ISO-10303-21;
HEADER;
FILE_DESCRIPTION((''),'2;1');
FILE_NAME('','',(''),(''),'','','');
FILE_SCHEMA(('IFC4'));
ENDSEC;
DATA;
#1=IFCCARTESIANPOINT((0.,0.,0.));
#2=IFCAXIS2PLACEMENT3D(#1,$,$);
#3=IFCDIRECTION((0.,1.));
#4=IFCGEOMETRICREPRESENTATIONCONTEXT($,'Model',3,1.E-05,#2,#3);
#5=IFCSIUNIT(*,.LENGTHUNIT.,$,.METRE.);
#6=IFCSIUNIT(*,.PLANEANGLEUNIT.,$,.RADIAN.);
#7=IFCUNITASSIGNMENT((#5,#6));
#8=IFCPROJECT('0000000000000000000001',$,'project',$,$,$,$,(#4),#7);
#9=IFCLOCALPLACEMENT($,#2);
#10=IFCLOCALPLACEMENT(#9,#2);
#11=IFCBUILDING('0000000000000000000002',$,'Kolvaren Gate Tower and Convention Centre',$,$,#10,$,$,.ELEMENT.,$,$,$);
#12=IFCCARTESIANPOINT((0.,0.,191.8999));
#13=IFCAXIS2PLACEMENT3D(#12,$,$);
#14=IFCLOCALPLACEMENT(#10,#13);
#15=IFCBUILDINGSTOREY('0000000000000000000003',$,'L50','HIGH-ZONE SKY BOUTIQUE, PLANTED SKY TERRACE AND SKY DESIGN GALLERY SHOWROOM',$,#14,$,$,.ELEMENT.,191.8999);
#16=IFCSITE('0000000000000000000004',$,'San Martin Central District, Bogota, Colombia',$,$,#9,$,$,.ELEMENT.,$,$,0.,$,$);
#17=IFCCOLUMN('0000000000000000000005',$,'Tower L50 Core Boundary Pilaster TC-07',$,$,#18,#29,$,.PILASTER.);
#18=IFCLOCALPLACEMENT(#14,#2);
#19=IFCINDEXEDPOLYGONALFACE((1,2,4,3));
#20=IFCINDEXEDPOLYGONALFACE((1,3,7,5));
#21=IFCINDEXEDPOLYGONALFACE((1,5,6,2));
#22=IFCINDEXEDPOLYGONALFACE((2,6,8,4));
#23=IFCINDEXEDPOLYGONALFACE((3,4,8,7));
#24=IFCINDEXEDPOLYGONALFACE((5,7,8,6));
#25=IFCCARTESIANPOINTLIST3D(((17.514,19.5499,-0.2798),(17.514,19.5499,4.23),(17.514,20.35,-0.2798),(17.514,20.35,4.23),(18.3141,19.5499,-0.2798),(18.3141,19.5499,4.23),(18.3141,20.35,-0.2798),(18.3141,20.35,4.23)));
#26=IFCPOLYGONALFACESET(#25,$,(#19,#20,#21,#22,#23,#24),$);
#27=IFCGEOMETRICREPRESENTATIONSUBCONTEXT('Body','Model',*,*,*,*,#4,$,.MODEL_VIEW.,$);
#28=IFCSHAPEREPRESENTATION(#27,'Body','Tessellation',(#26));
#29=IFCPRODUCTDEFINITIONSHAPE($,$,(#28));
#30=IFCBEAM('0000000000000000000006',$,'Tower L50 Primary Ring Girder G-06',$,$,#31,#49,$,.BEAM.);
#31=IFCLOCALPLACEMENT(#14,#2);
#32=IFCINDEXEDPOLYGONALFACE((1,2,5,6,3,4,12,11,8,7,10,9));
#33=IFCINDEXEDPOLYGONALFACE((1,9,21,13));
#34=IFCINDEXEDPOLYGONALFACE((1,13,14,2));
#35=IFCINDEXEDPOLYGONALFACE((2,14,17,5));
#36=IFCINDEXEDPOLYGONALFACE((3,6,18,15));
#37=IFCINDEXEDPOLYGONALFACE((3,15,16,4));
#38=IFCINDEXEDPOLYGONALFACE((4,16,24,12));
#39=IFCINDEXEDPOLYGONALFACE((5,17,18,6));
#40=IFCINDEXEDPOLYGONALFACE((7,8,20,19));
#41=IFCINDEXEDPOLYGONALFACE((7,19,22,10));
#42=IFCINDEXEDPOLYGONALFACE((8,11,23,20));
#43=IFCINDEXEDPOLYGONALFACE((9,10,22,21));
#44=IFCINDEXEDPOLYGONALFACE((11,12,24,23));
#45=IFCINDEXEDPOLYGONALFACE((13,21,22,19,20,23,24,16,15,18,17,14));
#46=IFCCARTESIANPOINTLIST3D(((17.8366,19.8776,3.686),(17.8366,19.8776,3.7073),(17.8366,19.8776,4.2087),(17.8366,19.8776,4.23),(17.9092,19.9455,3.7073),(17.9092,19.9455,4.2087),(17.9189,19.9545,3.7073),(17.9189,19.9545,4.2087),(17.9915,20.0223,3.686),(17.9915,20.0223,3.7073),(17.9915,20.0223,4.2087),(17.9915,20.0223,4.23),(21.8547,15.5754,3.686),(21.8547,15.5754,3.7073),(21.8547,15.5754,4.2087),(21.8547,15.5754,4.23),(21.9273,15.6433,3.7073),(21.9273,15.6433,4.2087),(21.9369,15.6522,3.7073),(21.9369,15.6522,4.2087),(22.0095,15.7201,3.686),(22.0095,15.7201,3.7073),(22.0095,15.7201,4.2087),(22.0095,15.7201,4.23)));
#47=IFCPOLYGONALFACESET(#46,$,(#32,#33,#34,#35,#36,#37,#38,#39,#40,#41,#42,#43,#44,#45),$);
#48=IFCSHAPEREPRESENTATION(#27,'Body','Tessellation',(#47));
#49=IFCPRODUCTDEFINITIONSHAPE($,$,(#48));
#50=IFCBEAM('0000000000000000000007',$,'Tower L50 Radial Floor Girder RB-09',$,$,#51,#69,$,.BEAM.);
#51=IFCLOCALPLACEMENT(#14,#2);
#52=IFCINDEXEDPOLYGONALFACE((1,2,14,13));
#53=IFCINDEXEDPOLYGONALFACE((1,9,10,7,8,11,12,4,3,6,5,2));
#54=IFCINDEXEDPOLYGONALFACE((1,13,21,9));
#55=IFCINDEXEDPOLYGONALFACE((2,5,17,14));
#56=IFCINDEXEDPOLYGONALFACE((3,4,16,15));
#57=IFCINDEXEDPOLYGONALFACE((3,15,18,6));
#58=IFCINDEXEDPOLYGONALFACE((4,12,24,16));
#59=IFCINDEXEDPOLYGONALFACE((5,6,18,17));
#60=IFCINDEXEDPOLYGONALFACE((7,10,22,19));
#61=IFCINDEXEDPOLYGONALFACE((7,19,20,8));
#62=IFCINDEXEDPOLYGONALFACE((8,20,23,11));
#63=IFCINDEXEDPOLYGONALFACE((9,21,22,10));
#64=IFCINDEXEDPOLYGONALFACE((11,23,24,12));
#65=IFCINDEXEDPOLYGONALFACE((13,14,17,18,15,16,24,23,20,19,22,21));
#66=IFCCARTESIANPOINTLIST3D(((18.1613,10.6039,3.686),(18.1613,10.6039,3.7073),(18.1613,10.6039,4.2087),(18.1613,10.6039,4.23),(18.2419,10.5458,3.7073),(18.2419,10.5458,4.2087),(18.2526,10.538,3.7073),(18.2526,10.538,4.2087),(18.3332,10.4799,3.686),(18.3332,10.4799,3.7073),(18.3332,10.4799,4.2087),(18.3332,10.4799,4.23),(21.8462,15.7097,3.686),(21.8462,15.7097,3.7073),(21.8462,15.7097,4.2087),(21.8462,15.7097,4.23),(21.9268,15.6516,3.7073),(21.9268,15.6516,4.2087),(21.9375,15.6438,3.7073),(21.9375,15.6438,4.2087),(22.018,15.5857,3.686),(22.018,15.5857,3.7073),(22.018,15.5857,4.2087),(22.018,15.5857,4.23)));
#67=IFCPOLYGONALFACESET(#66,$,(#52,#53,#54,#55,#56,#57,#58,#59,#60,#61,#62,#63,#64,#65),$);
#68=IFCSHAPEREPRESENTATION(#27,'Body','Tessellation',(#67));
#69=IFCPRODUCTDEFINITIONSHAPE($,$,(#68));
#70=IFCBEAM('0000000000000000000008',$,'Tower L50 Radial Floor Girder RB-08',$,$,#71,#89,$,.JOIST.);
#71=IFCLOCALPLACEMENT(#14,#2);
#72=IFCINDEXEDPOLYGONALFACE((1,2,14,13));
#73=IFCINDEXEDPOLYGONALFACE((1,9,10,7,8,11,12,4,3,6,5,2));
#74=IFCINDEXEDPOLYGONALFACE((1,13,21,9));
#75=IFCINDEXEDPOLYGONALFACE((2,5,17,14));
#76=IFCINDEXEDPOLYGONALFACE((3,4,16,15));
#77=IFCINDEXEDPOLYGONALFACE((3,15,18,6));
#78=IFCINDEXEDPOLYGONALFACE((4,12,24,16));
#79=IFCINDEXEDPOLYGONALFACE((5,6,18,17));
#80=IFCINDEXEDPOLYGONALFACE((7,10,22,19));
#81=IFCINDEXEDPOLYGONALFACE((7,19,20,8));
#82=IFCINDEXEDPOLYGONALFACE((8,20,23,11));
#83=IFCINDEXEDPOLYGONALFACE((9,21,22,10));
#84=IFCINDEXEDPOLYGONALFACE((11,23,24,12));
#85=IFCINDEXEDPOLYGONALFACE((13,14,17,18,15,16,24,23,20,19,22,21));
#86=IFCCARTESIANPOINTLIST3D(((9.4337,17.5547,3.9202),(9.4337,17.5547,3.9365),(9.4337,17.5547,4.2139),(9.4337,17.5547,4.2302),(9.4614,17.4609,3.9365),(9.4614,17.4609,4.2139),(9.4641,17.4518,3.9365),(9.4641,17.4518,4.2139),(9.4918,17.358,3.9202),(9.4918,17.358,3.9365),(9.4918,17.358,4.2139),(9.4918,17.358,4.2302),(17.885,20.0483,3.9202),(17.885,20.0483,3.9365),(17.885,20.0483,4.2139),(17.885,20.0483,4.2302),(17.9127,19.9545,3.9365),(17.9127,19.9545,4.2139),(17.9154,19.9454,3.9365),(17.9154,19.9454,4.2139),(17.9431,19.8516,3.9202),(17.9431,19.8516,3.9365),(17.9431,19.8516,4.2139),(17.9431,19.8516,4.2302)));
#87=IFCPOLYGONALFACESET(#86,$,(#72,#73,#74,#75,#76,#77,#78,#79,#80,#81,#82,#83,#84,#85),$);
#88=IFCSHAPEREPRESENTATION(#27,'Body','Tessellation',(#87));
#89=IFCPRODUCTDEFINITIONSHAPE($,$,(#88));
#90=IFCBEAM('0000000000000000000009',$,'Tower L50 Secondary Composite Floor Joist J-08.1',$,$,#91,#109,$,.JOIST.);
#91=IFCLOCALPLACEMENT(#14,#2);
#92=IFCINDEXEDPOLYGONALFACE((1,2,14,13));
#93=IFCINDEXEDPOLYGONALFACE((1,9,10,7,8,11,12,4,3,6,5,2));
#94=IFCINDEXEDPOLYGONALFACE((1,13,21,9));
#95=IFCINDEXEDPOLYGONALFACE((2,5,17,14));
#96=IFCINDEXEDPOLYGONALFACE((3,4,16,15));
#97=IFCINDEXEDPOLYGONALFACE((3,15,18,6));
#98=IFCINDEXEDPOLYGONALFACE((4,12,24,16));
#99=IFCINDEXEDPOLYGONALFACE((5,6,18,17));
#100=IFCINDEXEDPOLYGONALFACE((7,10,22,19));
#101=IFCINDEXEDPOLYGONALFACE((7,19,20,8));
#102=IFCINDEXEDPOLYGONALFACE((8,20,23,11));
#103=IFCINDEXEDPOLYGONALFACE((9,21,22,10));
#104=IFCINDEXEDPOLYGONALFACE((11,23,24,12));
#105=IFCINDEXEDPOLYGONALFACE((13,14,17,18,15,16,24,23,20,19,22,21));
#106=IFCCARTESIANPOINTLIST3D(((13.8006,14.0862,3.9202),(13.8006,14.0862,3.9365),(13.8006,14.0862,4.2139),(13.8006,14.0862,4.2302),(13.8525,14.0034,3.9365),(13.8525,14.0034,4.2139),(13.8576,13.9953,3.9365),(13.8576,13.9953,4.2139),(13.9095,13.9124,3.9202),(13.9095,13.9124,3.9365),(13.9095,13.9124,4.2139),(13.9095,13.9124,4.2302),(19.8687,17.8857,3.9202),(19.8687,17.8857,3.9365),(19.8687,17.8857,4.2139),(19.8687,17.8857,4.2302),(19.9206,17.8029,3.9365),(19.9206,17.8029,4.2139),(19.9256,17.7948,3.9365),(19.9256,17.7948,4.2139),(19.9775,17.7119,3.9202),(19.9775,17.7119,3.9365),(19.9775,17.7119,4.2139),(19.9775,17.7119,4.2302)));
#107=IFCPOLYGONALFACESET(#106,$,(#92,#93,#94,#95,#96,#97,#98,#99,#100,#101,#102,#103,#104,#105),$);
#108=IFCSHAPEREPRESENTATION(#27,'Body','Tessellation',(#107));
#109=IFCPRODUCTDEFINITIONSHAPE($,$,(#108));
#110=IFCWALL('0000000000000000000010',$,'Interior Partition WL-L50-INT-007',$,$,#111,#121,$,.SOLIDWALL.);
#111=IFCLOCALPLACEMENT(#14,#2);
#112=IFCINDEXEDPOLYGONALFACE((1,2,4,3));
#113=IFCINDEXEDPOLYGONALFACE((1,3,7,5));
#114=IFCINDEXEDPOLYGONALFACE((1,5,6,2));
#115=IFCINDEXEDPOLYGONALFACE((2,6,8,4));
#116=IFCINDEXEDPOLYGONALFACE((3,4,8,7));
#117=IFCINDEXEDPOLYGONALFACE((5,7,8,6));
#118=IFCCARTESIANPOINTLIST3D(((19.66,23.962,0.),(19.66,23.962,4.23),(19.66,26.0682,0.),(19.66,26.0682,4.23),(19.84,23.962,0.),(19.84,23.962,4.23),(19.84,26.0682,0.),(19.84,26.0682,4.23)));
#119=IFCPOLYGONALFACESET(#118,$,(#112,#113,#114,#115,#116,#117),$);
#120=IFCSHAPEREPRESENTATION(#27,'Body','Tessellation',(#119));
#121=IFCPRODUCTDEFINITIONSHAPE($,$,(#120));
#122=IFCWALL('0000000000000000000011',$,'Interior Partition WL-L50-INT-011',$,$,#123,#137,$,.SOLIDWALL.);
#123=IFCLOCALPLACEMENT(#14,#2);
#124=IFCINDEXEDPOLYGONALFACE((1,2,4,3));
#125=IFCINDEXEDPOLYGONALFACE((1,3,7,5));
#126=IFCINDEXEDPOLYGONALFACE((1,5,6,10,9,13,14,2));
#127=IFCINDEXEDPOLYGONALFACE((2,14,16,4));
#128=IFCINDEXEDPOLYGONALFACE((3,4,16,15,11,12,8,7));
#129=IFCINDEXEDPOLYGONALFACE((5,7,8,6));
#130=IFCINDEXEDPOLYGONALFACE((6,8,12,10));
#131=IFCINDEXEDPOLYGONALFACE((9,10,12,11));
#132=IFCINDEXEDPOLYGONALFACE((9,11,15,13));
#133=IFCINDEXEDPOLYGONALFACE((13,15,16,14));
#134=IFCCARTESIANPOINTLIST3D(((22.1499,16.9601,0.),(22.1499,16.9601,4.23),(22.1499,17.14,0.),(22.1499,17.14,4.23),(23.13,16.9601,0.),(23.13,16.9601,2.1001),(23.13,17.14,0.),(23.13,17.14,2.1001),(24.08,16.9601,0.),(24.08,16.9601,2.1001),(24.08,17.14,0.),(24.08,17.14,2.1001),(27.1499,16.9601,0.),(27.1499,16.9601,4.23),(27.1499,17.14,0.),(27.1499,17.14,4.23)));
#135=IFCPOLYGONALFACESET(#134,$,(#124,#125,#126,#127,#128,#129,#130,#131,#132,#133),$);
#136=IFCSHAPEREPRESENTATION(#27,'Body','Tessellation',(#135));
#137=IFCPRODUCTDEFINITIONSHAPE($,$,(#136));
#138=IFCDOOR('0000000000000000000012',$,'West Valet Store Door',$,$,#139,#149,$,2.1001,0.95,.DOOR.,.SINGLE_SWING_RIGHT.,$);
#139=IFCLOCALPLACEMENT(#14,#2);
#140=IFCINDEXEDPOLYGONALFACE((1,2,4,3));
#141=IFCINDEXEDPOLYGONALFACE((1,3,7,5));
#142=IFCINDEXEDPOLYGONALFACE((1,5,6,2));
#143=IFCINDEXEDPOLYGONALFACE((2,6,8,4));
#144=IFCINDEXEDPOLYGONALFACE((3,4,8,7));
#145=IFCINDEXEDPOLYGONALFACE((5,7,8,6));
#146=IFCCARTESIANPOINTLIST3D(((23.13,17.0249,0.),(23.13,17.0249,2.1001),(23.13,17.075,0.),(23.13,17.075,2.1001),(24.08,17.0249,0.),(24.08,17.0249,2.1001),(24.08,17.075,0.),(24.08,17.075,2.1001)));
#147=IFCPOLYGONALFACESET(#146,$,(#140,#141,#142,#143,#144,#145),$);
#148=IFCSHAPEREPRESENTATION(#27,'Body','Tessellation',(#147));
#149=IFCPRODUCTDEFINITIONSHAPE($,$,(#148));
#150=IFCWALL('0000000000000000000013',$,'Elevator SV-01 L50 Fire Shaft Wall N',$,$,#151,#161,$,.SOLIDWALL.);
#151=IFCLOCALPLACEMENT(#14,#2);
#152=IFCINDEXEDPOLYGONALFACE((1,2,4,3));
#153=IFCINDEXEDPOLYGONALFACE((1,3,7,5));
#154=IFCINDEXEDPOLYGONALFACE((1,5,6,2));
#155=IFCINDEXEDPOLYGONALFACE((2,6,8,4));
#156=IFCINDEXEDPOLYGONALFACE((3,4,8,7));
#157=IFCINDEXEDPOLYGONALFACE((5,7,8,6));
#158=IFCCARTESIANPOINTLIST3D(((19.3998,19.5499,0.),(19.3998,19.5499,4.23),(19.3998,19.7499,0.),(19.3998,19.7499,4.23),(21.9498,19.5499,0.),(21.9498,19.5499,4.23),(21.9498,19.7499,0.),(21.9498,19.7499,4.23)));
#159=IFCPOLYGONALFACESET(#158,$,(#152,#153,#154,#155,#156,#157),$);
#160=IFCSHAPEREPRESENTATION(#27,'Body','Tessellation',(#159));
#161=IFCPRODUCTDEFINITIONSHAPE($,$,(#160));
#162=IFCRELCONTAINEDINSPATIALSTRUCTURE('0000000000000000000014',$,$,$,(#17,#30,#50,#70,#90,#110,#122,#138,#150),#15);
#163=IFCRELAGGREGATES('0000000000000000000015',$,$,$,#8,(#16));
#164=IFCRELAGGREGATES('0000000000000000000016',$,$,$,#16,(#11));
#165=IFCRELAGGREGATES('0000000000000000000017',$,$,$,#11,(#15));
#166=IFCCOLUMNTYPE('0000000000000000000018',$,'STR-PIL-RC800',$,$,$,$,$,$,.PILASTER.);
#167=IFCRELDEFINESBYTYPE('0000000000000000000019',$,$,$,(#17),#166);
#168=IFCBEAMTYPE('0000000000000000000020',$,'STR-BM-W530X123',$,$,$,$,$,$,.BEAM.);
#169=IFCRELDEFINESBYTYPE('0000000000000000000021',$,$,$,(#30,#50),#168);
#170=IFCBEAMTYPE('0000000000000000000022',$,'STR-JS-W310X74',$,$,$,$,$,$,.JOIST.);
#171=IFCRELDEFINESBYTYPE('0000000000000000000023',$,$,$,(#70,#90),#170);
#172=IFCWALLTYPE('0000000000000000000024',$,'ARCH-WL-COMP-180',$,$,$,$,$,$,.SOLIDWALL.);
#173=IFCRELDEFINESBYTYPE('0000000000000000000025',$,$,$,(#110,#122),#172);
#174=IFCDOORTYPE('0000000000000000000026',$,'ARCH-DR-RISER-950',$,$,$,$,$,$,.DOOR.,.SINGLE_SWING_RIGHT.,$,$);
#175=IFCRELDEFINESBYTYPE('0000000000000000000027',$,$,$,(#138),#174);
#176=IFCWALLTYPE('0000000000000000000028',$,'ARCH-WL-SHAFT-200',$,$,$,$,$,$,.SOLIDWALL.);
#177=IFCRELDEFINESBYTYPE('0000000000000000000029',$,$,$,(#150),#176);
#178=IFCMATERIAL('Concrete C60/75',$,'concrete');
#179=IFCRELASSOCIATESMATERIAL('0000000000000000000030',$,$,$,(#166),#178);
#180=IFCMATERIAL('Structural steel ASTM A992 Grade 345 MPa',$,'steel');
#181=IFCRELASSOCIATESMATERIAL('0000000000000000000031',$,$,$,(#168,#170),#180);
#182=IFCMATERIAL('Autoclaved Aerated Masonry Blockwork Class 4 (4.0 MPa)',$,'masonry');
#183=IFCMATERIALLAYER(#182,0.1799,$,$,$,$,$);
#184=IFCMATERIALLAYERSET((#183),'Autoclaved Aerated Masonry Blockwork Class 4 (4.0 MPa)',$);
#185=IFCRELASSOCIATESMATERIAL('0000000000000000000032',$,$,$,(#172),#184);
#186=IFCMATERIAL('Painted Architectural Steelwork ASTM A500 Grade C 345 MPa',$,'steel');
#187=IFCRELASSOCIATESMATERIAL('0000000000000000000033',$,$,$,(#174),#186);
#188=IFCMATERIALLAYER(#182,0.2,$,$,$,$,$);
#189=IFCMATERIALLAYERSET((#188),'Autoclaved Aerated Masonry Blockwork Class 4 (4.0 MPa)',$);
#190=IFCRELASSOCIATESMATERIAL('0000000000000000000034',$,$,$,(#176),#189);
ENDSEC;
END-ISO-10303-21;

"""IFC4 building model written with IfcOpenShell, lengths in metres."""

from ifc_helpers import new_model, si_unit, direction, frame, frame_2d, origin, origin_2d, place, context, subcontext, project, spatial, rectangle, i_section, extrude, material, layer, layer_set, material_profile, profile_set, type_object, element, fill, save


model = new_model("IFC4")

# Units and contexts
model_context = context("Model", 3, precision=1e-05, world=origin(), true_north=direction((0.0, 1.0)))
body_context = subcontext(model_context, "Body", "Model", "MODEL_VIEW")
ifc_project = project(units=[si_unit("LENGTHUNIT", "METRE"), si_unit("PLANEANGLEUNIT", "RADIAN")], contexts=[model_context])

# Site, building, storey
site_placement = place(None, origin())
site = spatial("IfcSite", under=ifc_project, at=site_placement, Name="San Martin Central District, Bogota, Colombia", CompositionType="ELEMENT", RefElevation=0.0)
building_placement = place(site_placement, origin())
building = spatial("IfcBuilding", under=site, at=building_placement, Name="Kolvaren Gate Tower and Convention Centre", CompositionType="ELEMENT")
storey_placement = place(building_placement, frame((0.0, 0.0, 191.8999)))
storey = spatial("IfcBuildingStorey", under=building, at=storey_placement, Name="L50", Description="HIGH-ZONE SKY BOUTIQUE, PLANTED SKY TERRACE AND SKY DESIGN GALLERY SHOWROOM", CompositionType="ELEMENT", Elevation=191.8999)

# Column
ifc_material_1 = material(Name="Concrete C60/75", Category="concrete")
ifc_material_profile_1 = material_profile(ifc_material_1, rectangle(XDim=0.8, YDim=0.8, at=origin_2d()), Name="RC-COL-800X800")
ifc_profile_set_1 = profile_set([ifc_material_profile_1], Name="Concrete C60/75")
column_type = type_object("IfcColumnType", Name="STR-PIL-RC800", PredefinedType="PILASTER", material=ifc_profile_set_1)
column_placement = place(storey_placement, frame((17.9141, 19.95, -0.2798), z_axis=(0.0, 0.0, 1.0), x_axis=(1.0, 0.0, 0.0)))
element("IfcColumn", 1, at=column_placement, inside=storey, type_object=column_type, Name="Tower L50 Core Boundary Pilaster TC-07", PredefinedType="PILASTER", context=body_context, shape_type="SweptSolid", body=[
    extrude(rectangle(XDim=0.8, YDim=0.8, at=origin_2d()), origin(), (0.0, 0.0, 1.0), 4.5098),
])

# Beams
ifc_material_2 = material(Name="Structural steel ASTM A992 Grade 345 MPa", Category="steel")
ifc_material_profile_2 = material_profile(ifc_material_2, i_section(OverallWidth=0.2119, OverallDepth=0.5439, WebThickness=0.0132, FlangeThickness=0.0212, at=origin_2d()), Name="W530X123")
ifc_profile_set_2 = profile_set([ifc_material_profile_2], Name="Structural steel ASTM A992 Grade 345 MPa")
beam_type_1 = type_object("IfcBeamType", Name="STR-BM-W530X123", PredefinedType="BEAM", material=ifc_profile_set_2)
beam_1_placement = place(storey_placement, frame((17.9141, 19.95, 3.958), z_axis=(0.682558, -0.730832, 0.0), x_axis=(0.730832, 0.682558, 0.0)))
element("IfcBeam", 2, at=beam_1_placement, inside=storey, type_object=beam_type_1, Name="Tower L50 Primary Ring Girder G-06", PredefinedType="BEAM", context=body_context, shape_type="SweptSolid", body=[
    extrude(i_section(OverallWidth=0.2119, OverallDepth=0.5439, WebThickness=0.0132, FlangeThickness=0.0212, at=origin_2d()), origin(), (0.0, 0.0, 1.0), 5.8867),
])
beam_2_placement = place(storey_placement, frame((21.9321, 15.6477, 3.958), z_axis=(-0.585214, -0.810879, 0.0), x_axis=(0.810879, -0.585214, 0.0)))
element("IfcBeam", 3, at=beam_2_placement, inside=storey, type_object=beam_type_1, Name="Tower L50 Radial Floor Girder RB-09", PredefinedType="BEAM", context=body_context, shape_type="SweptSolid", body=[
    extrude(i_section(OverallWidth=0.2119, OverallDepth=0.5439, WebThickness=0.0132, FlangeThickness=0.0212, at=origin_2d()), origin(), (0.0, 0.0, 1.0), 6.2966),
])
ifc_material_profile_3 = material_profile(ifc_material_2, i_section(OverallWidth=0.2051, OverallDepth=0.3101, WebThickness=0.0095, FlangeThickness=0.0164, at=origin_2d()), Name="W310X74")
ifc_profile_set_3 = profile_set([ifc_material_profile_3], Name="Structural steel ASTM A992 Grade 345 MPa")
beam_type_2 = type_object("IfcBeamType", Name="STR-JS-W310X74", PredefinedType="JOIST", material=ifc_profile_set_3)
beam_3_placement = place(storey_placement, frame((17.9141, 19.95, 4.0752), z_axis=(-0.959121, -0.282996, 0.0), x_axis=(0.282996, -0.959121, 0.0)))
element("IfcBeam", 4, at=beam_3_placement, inside=storey, type_object=beam_type_2, Name="Tower L50 Radial Floor Girder RB-08", PredefinedType="JOIST", context=body_context, shape_type="SweptSolid", body=[
    extrude(i_section(OverallWidth=0.2051, OverallDepth=0.3101, WebThickness=0.0095, FlangeThickness=0.0164, at=origin_2d()), origin(), (0.0, 0.0, 1.0), 8.8115),
])
beam_4_placement = place(storey_placement, frame((19.9231, 17.7988, 4.0752), z_axis=(-0.847559, -0.530701, 0.0), x_axis=(0.530701, -0.847559, 0.0)))
element("IfcBeam", 5, at=beam_4_placement, inside=storey, type_object=beam_type_2, Name="Tower L50 Secondary Composite Floor Joist J-08.1", PredefinedType="JOIST", context=body_context, shape_type="SweptSolid", body=[
    extrude(i_section(OverallWidth=0.2051, OverallDepth=0.3101, WebThickness=0.0095, FlangeThickness=0.0164, at=origin_2d()), origin(), (0.0, 0.0, 1.0), 7.1594),
])

# Wall
ifc_material_3 = material(Name="Autoclaved Aerated Masonry Blockwork Class 4 (4.0 MPa)", Category="masonry")
ifc_layer_1 = layer(ifc_material_3, 0.1799)
ifc_layer_set_1 = layer_set([ifc_layer_1], Name="Autoclaved Aerated Masonry Blockwork Class 4 (4.0 MPa)")
wall_type_1 = type_object("IfcWallType", Name="ARCH-WL-COMP-180", PredefinedType="SOLIDWALL", material=ifc_layer_set_1)
wall_1_placement = place(storey_placement, frame((19.75, 23.9619, 0.0), z_axis=(0.0, 0.0, 1.0), x_axis=(0.0, 1.0, 0.0)))
element("IfcWall", 6, at=wall_1_placement, inside=storey, type_object=wall_type_1, Name="Interior Partition WL-L50-INT-007", PredefinedType="SOLIDWALL", context=body_context, shape_type="SweptSolid", body=[
    extrude(rectangle(XDim=2.1062, YDim=0.1799, at=frame_2d((1.0532, 0.0))), origin(), (0.0, 0.0, 1.0), 4.23),
])

# Wall, opening, door
wall_2_placement = place(storey_placement, frame((22.1499, 17.05, 0.0), z_axis=(0.0, 0.0, 1.0), x_axis=(1.0, 0.0, 0.0)))
wall_2 = element("IfcWall", 7, at=wall_2_placement, inside=storey, type_object=wall_type_1, Name="Interior Partition WL-L50-INT-011", PredefinedType="SOLIDWALL", context=body_context, shape_type="SweptSolid", body=[
    extrude(rectangle(XDim=5.0, YDim=0.1799, at=frame_2d((2.5, 0.0))), origin(), (0.0, 0.0, 1.0), 4.23),
])
opening_1_placement = place(wall_2_placement, frame((0.98, 0.0, 0.0)))
opening_1 = element("IfcOpeningElement", 8, at=opening_1_placement, cuts=wall_2, PredefinedType="OPENING", context=body_context, shape_type="SweptSolid", body=[
    extrude(rectangle(XDim=0.95, YDim=2.1001, at=frame_2d((0.4751, 1.05))), frame((0.0, 0.0999, 0.0), z_axis=(0.0, -1.0, 0.0), x_axis=(1.0, 0.0, 0.0)), (0.0, 0.0, 1.0), 0.2),
])
ifc_material_4 = material(Name="Painted Architectural Steelwork ASTM A500 Grade C 345 MPa", Category="steel")
door_type_1 = type_object("IfcDoorType", Name="ARCH-DR-RISER-950", OperationType="SINGLE_SWING_RIGHT", PredefinedType="DOOR", material=ifc_material_4)
door_1_placement = place(opening_1_placement, origin())
door_1 = element("IfcDoor", 9, at=door_1_placement, inside=storey, type_object=door_type_1, Name="West Valet Store Door", OperationType="SINGLE_SWING_RIGHT", OverallHeight=2.1001, OverallWidth=0.95, PredefinedType="DOOR", context=body_context, shape_type="SweptSolid", body=[
    extrude(rectangle(XDim=0.95, YDim=2.1001, at=frame_2d((0.4751, 1.05))), frame((0.0, 0.0249, 0.0), z_axis=(0.0, -1.0, 0.0), x_axis=(1.0, 0.0, 0.0)), (0.0, 0.0, 1.0), 0.05),
])
fill(opening_1, door_1)

# Wall
ifc_layer_2 = layer(ifc_material_3, 0.2)
ifc_layer_set_2 = layer_set([ifc_layer_2], Name="Autoclaved Aerated Masonry Blockwork Class 4 (4.0 MPa)")
wall_type_2 = type_object("IfcWallType", Name="ARCH-WL-SHAFT-200", PredefinedType="SOLIDWALL", material=ifc_layer_set_2)
wall_3_placement = place(storey_placement, frame((19.3999, 19.6499, 0.0), z_axis=(0.0, 0.0, 1.0), x_axis=(1.0, 0.0, 0.0)))
element("IfcWall", 10, at=wall_3_placement, inside=storey, type_object=wall_type_2, Name="Elevator SV-01 L50 Fire Shaft Wall N", PredefinedType="SOLIDWALL", context=body_context, shape_type="SweptSolid", body=[
    extrude(rectangle(XDim=2.55, YDim=0.2, at=frame_2d((1.2749, 0.0))), origin(), (0.0, 0.0, 1.0), 4.23),
])

save(model, "model.ifc")
